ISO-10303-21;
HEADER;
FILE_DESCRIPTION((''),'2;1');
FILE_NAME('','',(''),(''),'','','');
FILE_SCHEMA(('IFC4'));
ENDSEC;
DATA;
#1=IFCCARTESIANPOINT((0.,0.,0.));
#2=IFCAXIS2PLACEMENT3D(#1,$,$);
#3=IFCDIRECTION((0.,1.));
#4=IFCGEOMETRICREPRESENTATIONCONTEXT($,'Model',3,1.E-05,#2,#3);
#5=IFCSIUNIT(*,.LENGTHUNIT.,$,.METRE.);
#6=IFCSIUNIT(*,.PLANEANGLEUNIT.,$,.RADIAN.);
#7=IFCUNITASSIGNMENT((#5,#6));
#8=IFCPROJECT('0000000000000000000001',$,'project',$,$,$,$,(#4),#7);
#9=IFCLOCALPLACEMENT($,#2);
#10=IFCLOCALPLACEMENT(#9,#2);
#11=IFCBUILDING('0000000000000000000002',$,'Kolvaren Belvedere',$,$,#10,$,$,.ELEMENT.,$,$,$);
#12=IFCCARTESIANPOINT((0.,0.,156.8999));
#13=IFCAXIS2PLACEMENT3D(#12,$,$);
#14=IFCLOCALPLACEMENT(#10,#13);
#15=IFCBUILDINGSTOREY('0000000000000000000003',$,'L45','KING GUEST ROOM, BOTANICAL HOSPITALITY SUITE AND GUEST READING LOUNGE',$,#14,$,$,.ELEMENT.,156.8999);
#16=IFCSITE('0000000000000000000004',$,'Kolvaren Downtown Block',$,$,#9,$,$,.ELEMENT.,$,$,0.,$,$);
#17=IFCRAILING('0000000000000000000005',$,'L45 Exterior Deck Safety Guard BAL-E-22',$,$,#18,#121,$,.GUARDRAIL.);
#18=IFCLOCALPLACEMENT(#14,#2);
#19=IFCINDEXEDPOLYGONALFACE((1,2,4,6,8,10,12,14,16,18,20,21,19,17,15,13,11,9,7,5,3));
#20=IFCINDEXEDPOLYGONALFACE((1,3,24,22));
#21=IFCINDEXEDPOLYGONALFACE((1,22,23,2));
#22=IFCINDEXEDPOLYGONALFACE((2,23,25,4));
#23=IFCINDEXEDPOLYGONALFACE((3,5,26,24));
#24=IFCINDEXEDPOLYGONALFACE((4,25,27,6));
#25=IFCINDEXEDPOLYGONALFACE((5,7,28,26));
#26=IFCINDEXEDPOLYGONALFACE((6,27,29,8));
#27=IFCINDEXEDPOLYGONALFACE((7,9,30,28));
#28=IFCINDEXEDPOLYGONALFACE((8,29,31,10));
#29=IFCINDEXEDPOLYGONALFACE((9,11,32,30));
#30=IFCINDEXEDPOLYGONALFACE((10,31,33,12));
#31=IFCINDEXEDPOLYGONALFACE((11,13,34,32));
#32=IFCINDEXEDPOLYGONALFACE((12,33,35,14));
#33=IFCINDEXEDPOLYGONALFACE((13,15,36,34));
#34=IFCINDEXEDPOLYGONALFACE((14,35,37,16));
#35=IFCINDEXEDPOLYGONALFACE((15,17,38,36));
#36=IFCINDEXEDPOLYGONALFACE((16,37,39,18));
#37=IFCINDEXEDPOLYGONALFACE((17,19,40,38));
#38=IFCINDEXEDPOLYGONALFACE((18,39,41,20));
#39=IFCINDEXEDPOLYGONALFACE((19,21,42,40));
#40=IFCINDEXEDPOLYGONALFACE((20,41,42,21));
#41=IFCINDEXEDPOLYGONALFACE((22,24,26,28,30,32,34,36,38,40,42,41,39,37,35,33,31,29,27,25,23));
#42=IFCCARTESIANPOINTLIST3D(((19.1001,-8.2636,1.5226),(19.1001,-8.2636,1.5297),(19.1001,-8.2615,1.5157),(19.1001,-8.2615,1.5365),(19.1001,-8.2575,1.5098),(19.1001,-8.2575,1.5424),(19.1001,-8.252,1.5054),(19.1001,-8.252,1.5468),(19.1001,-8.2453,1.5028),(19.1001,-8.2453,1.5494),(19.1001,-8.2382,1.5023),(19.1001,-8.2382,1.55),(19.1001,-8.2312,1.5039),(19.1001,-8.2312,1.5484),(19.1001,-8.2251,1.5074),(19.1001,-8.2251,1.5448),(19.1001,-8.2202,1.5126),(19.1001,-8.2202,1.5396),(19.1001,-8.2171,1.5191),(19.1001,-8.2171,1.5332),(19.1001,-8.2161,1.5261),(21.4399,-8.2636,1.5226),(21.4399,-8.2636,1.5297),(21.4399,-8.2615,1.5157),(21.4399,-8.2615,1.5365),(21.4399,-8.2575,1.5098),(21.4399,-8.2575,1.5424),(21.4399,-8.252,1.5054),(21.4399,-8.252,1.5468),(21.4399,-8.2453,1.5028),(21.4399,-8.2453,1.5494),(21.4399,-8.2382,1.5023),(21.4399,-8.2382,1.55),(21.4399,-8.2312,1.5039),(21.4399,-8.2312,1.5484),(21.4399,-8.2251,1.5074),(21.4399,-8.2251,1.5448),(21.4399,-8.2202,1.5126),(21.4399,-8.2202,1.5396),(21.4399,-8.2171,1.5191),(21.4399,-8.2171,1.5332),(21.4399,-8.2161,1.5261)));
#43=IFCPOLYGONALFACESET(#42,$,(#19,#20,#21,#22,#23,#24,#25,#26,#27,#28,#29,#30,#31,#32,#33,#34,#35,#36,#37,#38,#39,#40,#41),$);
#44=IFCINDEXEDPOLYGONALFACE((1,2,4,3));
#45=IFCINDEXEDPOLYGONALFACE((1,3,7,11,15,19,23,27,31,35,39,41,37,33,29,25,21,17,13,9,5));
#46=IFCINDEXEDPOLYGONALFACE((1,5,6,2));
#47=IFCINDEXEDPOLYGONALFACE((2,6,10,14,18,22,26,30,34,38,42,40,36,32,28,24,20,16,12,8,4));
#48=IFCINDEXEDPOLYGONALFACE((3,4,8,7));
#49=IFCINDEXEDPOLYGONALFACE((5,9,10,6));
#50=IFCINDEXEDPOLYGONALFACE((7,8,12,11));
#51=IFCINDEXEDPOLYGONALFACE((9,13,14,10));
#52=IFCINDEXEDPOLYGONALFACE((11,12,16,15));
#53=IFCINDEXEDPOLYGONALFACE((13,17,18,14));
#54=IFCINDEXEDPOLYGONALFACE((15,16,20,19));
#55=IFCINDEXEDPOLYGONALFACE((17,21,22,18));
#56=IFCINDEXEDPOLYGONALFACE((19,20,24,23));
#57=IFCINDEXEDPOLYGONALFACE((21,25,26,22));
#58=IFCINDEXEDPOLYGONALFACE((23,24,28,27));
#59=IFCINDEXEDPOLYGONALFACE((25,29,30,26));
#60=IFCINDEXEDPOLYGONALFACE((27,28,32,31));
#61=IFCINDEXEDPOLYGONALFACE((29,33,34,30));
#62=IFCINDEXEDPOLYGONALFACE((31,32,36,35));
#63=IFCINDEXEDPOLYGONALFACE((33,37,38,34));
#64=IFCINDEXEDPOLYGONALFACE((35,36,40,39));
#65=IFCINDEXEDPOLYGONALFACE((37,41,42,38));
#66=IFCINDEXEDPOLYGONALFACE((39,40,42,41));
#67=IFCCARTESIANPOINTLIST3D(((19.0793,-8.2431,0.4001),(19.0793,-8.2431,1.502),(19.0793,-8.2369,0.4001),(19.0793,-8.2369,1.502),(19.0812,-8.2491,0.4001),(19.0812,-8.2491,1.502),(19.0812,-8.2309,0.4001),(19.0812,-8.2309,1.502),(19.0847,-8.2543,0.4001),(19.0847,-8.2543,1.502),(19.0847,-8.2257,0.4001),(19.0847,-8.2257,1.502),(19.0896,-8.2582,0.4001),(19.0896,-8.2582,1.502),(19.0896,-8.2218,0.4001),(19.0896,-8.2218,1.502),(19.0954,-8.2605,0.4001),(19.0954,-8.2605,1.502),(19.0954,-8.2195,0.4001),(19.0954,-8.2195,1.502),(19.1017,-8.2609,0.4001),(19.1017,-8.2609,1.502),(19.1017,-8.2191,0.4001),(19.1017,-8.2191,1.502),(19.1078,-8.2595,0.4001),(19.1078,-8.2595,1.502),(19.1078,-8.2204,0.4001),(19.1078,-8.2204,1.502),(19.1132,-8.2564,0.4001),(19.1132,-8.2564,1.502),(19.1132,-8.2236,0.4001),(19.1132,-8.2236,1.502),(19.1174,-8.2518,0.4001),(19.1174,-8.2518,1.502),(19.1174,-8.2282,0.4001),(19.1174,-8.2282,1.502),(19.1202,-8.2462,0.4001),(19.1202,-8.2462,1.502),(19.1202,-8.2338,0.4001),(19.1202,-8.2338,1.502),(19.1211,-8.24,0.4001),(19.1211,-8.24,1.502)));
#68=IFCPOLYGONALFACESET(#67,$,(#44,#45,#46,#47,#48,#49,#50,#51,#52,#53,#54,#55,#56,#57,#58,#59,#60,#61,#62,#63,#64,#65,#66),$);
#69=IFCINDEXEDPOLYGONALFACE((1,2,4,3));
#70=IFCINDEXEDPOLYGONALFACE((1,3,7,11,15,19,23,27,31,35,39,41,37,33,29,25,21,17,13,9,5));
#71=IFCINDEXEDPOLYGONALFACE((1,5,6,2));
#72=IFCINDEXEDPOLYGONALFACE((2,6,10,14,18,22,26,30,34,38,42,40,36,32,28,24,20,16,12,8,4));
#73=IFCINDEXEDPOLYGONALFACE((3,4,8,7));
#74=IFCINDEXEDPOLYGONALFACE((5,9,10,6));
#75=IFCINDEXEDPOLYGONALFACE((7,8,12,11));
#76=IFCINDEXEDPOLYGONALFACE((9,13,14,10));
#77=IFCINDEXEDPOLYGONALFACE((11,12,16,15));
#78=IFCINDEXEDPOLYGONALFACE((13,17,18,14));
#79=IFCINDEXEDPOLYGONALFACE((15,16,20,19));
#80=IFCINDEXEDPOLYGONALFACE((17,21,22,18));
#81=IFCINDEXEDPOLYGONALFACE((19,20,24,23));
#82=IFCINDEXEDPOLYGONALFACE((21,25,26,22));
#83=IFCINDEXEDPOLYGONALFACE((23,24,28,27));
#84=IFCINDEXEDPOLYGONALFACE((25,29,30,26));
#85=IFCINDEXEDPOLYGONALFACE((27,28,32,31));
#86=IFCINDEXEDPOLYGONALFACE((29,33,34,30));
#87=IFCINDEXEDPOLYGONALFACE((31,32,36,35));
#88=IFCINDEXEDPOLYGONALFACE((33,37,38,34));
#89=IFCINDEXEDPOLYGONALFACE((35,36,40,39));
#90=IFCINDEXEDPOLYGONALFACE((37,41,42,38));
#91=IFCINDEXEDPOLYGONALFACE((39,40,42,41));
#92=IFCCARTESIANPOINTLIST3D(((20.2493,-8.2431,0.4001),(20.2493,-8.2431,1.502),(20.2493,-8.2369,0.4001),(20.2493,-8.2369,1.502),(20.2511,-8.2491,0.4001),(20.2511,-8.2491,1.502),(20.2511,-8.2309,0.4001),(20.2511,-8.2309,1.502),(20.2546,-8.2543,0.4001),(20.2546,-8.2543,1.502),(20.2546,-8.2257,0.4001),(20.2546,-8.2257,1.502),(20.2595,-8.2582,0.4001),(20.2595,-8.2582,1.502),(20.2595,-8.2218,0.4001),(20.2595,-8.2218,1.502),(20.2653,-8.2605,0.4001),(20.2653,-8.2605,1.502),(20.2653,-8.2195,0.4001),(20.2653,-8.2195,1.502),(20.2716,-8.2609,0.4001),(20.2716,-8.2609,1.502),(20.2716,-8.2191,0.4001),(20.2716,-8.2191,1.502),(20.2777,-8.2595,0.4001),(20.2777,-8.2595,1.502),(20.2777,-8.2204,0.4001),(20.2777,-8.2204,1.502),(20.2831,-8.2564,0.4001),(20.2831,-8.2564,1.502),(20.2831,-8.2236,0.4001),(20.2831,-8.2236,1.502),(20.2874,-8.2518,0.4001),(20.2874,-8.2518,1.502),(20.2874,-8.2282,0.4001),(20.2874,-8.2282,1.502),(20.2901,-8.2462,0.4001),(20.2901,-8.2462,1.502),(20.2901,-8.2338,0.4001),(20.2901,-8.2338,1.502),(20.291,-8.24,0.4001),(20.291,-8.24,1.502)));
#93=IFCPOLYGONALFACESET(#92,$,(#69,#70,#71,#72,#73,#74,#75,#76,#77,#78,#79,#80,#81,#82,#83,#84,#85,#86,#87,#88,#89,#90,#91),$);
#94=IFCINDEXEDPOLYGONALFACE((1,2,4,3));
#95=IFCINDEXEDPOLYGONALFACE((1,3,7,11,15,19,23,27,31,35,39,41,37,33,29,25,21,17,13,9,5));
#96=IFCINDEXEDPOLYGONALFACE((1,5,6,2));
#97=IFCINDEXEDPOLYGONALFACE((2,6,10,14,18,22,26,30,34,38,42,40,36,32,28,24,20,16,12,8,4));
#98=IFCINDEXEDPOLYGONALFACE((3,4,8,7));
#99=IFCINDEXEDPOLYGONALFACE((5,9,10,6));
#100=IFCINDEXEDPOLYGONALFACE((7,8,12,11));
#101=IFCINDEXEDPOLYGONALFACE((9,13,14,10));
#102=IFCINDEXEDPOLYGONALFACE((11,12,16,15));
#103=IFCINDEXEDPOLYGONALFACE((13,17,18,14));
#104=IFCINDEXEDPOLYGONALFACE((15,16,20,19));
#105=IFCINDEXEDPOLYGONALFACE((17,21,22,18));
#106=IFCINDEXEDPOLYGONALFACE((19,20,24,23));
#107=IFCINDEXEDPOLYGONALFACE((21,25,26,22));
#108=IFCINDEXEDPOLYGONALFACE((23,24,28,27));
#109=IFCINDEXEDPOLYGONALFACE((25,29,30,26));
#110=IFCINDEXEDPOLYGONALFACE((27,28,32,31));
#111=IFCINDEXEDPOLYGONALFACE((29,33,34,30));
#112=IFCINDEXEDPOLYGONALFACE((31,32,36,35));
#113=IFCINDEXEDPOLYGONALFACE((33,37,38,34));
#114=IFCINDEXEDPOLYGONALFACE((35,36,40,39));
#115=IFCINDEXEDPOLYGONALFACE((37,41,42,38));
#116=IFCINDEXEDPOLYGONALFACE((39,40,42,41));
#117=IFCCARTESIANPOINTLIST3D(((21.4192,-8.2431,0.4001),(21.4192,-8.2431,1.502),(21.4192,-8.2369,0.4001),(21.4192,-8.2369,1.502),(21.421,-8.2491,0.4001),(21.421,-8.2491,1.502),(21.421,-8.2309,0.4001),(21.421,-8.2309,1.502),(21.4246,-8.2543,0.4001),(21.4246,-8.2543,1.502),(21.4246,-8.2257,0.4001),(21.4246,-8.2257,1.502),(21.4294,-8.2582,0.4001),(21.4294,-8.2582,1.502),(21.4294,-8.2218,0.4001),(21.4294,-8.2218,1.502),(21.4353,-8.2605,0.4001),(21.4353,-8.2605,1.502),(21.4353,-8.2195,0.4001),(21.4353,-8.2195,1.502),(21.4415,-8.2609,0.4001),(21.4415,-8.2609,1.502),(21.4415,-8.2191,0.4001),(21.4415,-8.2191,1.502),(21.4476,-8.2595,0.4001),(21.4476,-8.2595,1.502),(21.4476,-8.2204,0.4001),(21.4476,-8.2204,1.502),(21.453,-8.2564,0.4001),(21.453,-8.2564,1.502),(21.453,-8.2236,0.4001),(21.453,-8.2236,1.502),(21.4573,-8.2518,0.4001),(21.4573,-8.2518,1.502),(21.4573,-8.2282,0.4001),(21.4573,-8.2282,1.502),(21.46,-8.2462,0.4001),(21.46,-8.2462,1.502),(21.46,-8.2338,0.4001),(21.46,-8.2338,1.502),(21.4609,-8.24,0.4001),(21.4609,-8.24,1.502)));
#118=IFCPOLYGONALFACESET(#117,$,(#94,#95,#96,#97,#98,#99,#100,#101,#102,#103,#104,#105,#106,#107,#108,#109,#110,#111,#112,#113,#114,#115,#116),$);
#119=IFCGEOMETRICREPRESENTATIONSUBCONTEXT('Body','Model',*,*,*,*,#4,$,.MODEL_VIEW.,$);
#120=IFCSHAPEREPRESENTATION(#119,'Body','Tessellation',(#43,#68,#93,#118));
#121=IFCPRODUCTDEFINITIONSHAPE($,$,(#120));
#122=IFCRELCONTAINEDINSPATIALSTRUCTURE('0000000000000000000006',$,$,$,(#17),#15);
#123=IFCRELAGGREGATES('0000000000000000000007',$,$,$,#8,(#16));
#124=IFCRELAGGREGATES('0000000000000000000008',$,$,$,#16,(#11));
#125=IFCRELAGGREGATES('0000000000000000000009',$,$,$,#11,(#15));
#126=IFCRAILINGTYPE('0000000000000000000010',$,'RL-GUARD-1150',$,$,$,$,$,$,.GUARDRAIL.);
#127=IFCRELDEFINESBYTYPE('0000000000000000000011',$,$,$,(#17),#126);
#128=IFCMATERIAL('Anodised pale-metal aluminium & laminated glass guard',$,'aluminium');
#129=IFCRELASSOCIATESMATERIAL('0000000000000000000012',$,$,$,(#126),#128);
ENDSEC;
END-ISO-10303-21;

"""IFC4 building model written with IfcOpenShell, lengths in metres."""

from ifc_helpers import new_model, si_unit, direction, frame, origin, origin_2d, place, context, subcontext, project, spatial, circle, extrude, material, type_object, element, save


model = new_model("IFC4")

# Units and contexts
model_context = context("Model", 3, precision=1e-05, world=origin(), true_north=direction((0.0, 1.0)))
body_context = subcontext(model_context, "Body", "Model", "MODEL_VIEW")
ifc_project = project(units=[si_unit("LENGTHUNIT", "METRE"), si_unit("PLANEANGLEUNIT", "RADIAN")], contexts=[model_context])

# Site, building, storey
site_placement = place(None, origin())
site = spatial("IfcSite", under=ifc_project, at=site_placement, Name="Kolvaren Downtown Block", CompositionType="ELEMENT", RefElevation=0.0)
building_placement = place(site_placement, origin())
building = spatial("IfcBuilding", under=site, at=building_placement, Name="Kolvaren Belvedere", CompositionType="ELEMENT")
storey_placement = place(building_placement, frame((0.0, 0.0, 156.8999)))
storey = spatial("IfcBuildingStorey", under=building, at=storey_placement, Name="L45", Description="KING GUEST ROOM, BOTANICAL HOSPITALITY SUITE AND GUEST READING LOUNGE", CompositionType="ELEMENT", Elevation=156.8999)

# Railing
ifc_material_1 = material(Name="Anodised pale-metal aluminium & laminated glass guard", Category="aluminium")
railing_type = type_object("IfcRailingType", Name="RL-GUARD-1150", PredefinedType="GUARDRAIL", material=ifc_material_1)
railing_1_placement = place(storey_placement, frame((19.1001, -8.24, 0.4001)))
element("IfcRailing", 1, at=railing_1_placement, inside=storey, type_object=railing_type, Name="L45 Exterior Deck Safety Guard BAL-E-22", PredefinedType="GUARDRAIL", context=body_context, shape_type="SweptSolid", body=[
    extrude(circle(Radius=0.0239, at=origin_2d()), frame((0.0, 0.0, 1.126), z_axis=(1.0, 0.0, 0.0), x_axis=(0.0, 1.0, 0.0)), (0.0, 0.0, 1.0), 2.3398),
    extrude(circle(Radius=0.021, at=origin_2d()), origin(), (0.0, 0.0, 1.0), 1.1018),
    extrude(circle(Radius=0.021, at=origin_2d()), frame((1.1699, 0.0, 0.0)), (0.0, 0.0, 1.0), 1.1018),
    extrude(circle(Radius=0.021, at=origin_2d()), frame((2.3398, 0.0, 0.0)), (0.0, 0.0, 1.0), 1.1018),
])

save(model, "model.ifc")
